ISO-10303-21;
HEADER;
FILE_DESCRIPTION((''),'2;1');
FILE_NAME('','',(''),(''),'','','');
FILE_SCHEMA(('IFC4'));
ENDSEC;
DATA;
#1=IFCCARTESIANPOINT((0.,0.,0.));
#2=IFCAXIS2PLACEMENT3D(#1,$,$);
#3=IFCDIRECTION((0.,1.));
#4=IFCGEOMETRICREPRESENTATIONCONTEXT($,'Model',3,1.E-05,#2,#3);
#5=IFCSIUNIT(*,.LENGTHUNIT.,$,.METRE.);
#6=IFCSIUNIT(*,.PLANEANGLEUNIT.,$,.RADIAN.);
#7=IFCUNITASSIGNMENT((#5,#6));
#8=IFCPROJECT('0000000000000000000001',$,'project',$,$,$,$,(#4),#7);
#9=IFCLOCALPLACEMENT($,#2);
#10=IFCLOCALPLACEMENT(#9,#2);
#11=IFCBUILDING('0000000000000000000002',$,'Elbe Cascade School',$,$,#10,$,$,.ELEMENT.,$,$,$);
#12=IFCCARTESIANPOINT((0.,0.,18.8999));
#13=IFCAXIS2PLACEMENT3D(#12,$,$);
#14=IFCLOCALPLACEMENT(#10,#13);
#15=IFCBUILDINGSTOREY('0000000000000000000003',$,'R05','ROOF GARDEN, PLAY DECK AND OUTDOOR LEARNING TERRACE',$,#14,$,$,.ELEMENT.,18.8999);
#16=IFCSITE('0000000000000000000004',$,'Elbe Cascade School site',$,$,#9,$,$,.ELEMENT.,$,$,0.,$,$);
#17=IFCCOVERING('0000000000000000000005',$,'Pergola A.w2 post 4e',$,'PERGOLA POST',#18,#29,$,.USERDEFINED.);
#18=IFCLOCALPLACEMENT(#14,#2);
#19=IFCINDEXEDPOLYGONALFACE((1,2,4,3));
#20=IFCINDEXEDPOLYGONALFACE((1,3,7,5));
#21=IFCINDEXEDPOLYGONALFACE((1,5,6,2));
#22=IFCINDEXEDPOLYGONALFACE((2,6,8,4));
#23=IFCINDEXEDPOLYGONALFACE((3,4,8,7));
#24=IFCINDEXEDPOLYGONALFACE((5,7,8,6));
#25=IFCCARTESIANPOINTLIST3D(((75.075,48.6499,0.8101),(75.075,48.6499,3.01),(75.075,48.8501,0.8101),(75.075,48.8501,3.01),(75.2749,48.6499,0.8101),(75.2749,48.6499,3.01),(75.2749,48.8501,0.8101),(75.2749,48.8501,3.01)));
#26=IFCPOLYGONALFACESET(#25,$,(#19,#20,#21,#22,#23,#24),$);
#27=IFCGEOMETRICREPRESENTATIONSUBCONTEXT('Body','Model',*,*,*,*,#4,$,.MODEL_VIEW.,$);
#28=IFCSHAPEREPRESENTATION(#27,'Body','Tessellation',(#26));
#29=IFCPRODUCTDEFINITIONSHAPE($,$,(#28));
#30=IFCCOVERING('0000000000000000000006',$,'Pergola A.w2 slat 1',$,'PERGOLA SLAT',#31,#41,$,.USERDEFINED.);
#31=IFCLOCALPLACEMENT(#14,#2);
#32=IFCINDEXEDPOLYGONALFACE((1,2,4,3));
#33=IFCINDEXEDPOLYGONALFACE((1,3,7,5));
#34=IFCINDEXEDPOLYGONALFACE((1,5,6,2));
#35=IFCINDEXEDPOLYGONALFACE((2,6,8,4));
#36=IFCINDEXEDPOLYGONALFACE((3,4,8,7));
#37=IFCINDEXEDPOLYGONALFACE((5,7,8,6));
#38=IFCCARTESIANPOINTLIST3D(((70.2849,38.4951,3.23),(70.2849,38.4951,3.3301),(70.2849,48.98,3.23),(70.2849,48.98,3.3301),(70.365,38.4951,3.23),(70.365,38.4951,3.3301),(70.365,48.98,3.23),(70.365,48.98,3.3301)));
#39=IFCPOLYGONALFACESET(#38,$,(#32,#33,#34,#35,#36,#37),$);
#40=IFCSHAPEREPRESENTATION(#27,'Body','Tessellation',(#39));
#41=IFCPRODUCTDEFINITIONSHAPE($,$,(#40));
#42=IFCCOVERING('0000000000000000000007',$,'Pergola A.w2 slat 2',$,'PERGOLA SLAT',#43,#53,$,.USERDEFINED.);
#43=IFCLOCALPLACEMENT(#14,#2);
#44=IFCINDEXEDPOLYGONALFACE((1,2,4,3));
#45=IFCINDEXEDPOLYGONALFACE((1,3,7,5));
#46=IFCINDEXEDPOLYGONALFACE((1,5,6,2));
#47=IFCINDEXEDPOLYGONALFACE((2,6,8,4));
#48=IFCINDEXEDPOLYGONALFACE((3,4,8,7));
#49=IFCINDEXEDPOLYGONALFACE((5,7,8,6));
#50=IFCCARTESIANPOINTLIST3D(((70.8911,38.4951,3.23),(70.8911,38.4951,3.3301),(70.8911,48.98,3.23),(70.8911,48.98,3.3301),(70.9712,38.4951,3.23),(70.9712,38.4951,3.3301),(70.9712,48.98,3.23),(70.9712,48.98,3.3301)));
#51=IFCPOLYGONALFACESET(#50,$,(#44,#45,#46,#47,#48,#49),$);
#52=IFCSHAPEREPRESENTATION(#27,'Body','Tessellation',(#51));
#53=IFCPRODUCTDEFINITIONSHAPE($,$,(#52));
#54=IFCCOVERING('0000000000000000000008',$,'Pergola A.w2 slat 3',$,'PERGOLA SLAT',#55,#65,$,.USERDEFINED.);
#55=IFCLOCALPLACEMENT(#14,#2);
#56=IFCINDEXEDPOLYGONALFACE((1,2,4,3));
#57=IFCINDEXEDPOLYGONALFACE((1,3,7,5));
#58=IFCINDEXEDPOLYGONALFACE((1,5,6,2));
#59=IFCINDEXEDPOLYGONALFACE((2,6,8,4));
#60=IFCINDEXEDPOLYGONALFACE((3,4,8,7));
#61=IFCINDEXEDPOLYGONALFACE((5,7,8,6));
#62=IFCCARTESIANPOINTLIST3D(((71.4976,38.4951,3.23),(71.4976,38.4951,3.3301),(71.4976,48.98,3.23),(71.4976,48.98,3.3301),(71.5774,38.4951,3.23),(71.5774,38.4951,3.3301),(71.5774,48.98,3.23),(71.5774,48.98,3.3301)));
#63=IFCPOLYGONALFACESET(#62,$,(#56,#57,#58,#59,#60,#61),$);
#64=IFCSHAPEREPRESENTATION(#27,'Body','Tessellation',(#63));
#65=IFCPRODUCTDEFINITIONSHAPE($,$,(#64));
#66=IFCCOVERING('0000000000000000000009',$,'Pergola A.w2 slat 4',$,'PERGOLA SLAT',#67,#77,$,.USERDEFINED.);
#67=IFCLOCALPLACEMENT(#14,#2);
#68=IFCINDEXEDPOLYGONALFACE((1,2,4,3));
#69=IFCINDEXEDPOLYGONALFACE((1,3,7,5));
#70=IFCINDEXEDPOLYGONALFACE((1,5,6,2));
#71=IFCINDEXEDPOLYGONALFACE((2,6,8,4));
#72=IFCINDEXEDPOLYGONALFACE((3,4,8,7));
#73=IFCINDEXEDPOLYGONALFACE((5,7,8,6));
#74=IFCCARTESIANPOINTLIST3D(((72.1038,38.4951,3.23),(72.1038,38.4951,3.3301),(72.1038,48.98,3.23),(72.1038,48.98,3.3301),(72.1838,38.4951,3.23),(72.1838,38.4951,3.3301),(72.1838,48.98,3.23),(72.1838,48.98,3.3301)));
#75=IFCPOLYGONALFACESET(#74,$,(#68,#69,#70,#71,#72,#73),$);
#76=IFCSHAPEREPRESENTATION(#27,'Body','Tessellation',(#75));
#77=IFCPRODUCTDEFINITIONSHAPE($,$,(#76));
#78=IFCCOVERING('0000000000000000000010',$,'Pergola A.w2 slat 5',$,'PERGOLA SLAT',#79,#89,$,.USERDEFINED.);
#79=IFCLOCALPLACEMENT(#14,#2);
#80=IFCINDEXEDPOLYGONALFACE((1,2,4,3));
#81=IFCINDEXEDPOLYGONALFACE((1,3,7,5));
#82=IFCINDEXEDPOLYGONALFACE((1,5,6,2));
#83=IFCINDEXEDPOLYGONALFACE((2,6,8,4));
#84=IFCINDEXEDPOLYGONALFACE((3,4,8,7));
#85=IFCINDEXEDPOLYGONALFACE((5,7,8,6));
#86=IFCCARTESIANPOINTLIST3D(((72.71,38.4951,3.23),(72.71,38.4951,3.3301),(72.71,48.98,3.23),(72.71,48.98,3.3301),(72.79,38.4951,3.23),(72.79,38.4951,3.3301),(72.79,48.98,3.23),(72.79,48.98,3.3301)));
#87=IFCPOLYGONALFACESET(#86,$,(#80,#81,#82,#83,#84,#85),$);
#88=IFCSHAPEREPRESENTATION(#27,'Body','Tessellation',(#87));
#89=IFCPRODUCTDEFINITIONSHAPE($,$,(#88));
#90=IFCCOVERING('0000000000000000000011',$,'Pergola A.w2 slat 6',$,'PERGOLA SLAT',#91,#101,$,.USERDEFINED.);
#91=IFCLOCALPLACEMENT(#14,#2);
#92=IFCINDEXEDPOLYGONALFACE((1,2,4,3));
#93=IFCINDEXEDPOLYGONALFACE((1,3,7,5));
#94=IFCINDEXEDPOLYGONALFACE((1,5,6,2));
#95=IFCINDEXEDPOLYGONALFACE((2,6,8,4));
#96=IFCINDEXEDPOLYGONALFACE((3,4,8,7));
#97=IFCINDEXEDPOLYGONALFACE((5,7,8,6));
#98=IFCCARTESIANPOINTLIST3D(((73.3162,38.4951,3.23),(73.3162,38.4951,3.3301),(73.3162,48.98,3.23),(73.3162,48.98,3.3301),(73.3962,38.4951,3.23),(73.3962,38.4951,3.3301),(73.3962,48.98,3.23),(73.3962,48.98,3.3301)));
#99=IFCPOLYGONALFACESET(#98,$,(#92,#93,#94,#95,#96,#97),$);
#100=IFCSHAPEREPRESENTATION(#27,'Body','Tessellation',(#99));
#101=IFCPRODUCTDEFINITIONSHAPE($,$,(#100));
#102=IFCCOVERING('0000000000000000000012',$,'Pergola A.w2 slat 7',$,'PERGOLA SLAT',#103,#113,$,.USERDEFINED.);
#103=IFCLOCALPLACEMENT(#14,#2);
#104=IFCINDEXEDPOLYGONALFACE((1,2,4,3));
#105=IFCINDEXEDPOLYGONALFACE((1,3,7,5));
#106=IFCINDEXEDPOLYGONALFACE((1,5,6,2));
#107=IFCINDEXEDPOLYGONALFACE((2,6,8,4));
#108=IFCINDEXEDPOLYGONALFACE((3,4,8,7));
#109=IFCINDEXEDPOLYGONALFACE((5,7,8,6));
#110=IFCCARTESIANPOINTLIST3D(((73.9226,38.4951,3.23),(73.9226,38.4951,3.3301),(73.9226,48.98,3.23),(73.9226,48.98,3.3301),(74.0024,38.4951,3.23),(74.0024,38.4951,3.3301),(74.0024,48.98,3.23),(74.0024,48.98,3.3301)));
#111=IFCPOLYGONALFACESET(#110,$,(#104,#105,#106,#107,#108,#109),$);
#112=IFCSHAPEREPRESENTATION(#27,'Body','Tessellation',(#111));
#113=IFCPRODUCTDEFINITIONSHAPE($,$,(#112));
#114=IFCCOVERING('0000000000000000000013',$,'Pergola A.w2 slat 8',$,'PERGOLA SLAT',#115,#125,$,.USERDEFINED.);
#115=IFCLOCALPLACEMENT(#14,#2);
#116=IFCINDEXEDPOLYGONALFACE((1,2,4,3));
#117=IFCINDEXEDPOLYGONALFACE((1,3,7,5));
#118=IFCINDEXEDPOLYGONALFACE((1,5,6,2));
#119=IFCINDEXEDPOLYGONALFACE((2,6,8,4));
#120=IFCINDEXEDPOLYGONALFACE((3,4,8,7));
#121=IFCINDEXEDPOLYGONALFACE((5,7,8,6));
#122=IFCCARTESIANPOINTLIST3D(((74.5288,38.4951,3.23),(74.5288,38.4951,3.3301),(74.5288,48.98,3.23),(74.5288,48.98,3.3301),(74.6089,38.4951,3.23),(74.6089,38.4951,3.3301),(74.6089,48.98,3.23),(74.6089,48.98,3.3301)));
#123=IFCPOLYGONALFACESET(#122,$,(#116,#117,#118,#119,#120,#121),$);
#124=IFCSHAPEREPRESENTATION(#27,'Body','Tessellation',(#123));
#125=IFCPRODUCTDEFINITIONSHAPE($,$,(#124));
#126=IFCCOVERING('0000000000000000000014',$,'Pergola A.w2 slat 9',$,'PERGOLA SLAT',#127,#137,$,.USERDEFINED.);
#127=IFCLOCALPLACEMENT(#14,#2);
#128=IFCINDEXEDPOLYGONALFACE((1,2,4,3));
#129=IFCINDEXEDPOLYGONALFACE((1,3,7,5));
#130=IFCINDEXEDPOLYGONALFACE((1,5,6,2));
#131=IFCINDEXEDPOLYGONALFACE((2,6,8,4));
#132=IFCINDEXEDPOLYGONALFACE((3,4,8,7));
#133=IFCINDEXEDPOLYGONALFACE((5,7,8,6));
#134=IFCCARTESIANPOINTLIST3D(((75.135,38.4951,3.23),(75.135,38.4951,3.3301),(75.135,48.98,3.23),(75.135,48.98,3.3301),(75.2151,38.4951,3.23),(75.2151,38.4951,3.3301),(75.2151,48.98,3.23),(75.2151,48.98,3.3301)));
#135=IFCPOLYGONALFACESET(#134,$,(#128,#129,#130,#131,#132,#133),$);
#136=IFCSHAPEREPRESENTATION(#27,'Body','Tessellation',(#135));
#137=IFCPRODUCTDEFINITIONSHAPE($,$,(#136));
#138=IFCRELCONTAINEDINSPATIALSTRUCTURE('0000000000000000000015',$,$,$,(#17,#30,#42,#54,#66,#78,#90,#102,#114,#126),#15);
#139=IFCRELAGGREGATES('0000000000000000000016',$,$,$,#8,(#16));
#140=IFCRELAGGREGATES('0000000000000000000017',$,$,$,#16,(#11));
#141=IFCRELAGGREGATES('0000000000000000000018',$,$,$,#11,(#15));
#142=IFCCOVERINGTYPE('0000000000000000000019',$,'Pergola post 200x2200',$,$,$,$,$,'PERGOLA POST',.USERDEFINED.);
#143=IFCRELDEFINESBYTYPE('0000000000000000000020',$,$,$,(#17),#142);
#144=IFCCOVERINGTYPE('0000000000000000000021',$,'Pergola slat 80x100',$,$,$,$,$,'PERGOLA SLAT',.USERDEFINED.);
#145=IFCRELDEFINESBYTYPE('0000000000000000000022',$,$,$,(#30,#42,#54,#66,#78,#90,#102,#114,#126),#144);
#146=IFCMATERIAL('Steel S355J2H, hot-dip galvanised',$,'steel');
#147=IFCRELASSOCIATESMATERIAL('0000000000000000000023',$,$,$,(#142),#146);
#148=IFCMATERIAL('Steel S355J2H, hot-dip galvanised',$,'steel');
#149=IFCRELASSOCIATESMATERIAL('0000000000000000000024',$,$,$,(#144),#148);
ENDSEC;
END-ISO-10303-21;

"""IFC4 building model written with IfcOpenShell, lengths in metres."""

from ifc_helpers import new_model, si_unit, direction, frame, origin, place, context, subcontext, project, spatial, polyline, outline, extrude, material, type_object, element, save


model = new_model("IFC4")

# Units and contexts
model_context = context("Model", 3, precision=1e-05, world=origin(), true_north=direction((0.0, 1.0)))
body_context = subcontext(model_context, "Body", "Model", "MODEL_VIEW")
ifc_project = project(units=[si_unit("LENGTHUNIT", "METRE"), si_unit("PLANEANGLEUNIT", "RADIAN")], contexts=[model_context])

# Site, building, storey
site_placement = place(None, origin())
site = spatial("IfcSite", under=ifc_project, at=site_placement, Name="Elbe Cascade School site", CompositionType="ELEMENT", RefElevation=0.0)
building_placement = place(site_placement, origin())
building = spatial("IfcBuilding", under=site, at=building_placement, Name="Elbe Cascade School", CompositionType="ELEMENT")
storey_placement = place(building_placement, frame((0.0, 0.0, 18.8999)))
storey = spatial("IfcBuildingStorey", under=building, at=storey_placement, Name="R05", Description="ROOF GARDEN, PLAY DECK AND OUTDOOR LEARNING TERRACE", CompositionType="ELEMENT", Elevation=18.8999)

# Coverings
ifc_material_1 = material(Name="Steel S355J2H, hot-dip galvanised", Category="steel")
covering_type_1 = type_object("IfcCoveringType", Name="Pergola post 200x2200", ElementType="PERGOLA POST", PredefinedType="USERDEFINED", material=ifc_material_1)
covering_1_placement = place(storey_placement, frame((0.0, 0.0, 0.8101)))
element("IfcCovering", 1, at=covering_1_placement, inside=storey, type_object=covering_type_1, Name="Pergola A.w2 post 4e", ObjectType="PERGOLA POST", PredefinedType="USERDEFINED", context=body_context, shape_type="SweptSolid", body=[
    extrude(outline(polyline([(75.075, 48.6499), (75.2749, 48.6499), (75.2749, 48.8501), (75.075, 48.8501), (75.075, 48.6499)])), origin(), (0.0, 0.0, 1.0), 2.2),
])
ifc_material_2 = material(Name="Steel S355J2H, hot-dip galvanised", Category="steel")
covering_type_2 = type_object("IfcCoveringType", Name="Pergola slat 80x100", ElementType="PERGOLA SLAT", PredefinedType="USERDEFINED", material=ifc_material_2)
covering_2_placement = place(storey_placement, frame((0.0, 0.0, 3.23)))
element("IfcCovering", 2, at=covering_2_placement, inside=storey, type_object=covering_type_2, Name="Pergola A.w2 slat 1", ObjectType="PERGOLA SLAT", PredefinedType="USERDEFINED", context=body_context, shape_type="SweptSolid", body=[
    extrude(outline(polyline([(70.2849, 38.4951), (70.365, 38.4951), (70.365, 48.98), (70.2849, 48.98), (70.2849, 38.4951)])), origin(), (0.0, 0.0, 1.0), 0.1001),
])
covering_3_placement = place(storey_placement, frame((0.0, 0.0, 3.23)))
element("IfcCovering", 3, at=covering_3_placement, inside=storey, type_object=covering_type_2, Name="Pergola A.w2 slat 2", ObjectType="PERGOLA SLAT", PredefinedType="USERDEFINED", context=body_context, shape_type="SweptSolid", body=[
    extrude(outline(polyline([(70.8911, 38.4951), (70.9712, 38.4951), (70.9712, 48.98), (70.8911, 48.98), (70.8911, 38.4951)])), origin(), (0.0, 0.0, 1.0), 0.1001),
])
covering_4_placement = place(storey_placement, frame((0.0, 0.0, 3.23)))
element("IfcCovering", 4, at=covering_4_placement, inside=storey, type_object=covering_type_2, Name="Pergola A.w2 slat 3", ObjectType="PERGOLA SLAT", PredefinedType="USERDEFINED", context=body_context, shape_type="SweptSolid", body=[
    extrude(outline(polyline([(71.4976, 38.4951), (71.5774, 38.4951), (71.5774, 48.98), (71.4976, 48.98), (71.4976, 38.4951)])), origin(), (0.0, 0.0, 1.0), 0.1001),
])
covering_5_placement = place(storey_placement, frame((0.0, 0.0, 3.23)))
element("IfcCovering", 5, at=covering_5_placement, inside=storey, type_object=covering_type_2, Name="Pergola A.w2 slat 4", ObjectType="PERGOLA SLAT", PredefinedType="USERDEFINED", context=body_context, shape_type="SweptSolid", body=[
    extrude(outline(polyline([(72.1038, 38.4951), (72.1838, 38.4951), (72.1838, 48.98), (72.1038, 48.98), (72.1038, 38.4951)])), origin(), (0.0, 0.0, 1.0), 0.1001),
])
covering_6_placement = place(storey_placement, frame((0.0, 0.0, 3.23)))
element("IfcCovering", 6, at=covering_6_placement, inside=storey, type_object=covering_type_2, Name="Pergola A.w2 slat 5", ObjectType="PERGOLA SLAT", PredefinedType="USERDEFINED", context=body_context, shape_type="SweptSolid", body=[
    extrude(outline(polyline([(72.71, 38.4951), (72.79, 38.4951), (72.79, 48.98), (72.71, 48.98), (72.71, 38.4951)])), origin(), (0.0, 0.0, 1.0), 0.1001),
])
covering_7_placement = place(storey_placement, frame((0.0, 0.0, 3.23)))
element("IfcCovering", 7, at=covering_7_placement, inside=storey, type_object=covering_type_2, Name="Pergola A.w2 slat 6", ObjectType="PERGOLA SLAT", PredefinedType="USERDEFINED", context=body_context, shape_type="SweptSolid", body=[
    extrude(outline(polyline([(73.3162, 38.4951), (73.3962, 38.4951), (73.3962, 48.98), (73.3162, 48.98), (73.3162, 38.4951)])), origin(), (0.0, 0.0, 1.0), 0.1001),
])
covering_8_placement = place(storey_placement, frame((0.0, 0.0, 3.23)))
element("IfcCovering", 8, at=covering_8_placement, inside=storey, type_object=covering_type_2, Name="Pergola A.w2 slat 7", ObjectType="PERGOLA SLAT", PredefinedType="USERDEFINED", context=body_context, shape_type="SweptSolid", body=[
    extrude(outline(polyline([(73.9226, 38.4951), (74.0024, 38.4951), (74.0024, 48.98), (73.9226, 48.98), (73.9226, 38.4951)])), origin(), (0.0, 0.0, 1.0), 0.1001),
])
covering_9_placement = place(storey_placement, frame((0.0, 0.0, 3.23)))
element("IfcCovering", 9, at=covering_9_placement, inside=storey, type_object=covering_type_2, Name="Pergola A.w2 slat 8", ObjectType="PERGOLA SLAT", PredefinedType="USERDEFINED", context=body_context, shape_type="SweptSolid", body=[
    extrude(outline(polyline([(74.5288, 38.4951), (74.6089, 38.4951), (74.6089, 48.98), (74.5288, 48.98), (74.5288, 38.4951)])), origin(), (0.0, 0.0, 1.0), 0.1001),
])
covering_10_placement = place(storey_placement, frame((0.0, 0.0, 3.23)))
element("IfcCovering", 10, at=covering_10_placement, inside=storey, type_object=covering_type_2, Name="Pergola A.w2 slat 9", ObjectType="PERGOLA SLAT", PredefinedType="USERDEFINED", context=body_context, shape_type="SweptSolid", body=[
    extrude(outline(polyline([(75.135, 38.4951), (75.2151, 38.4951), (75.2151, 48.98), (75.135, 48.98), (75.135, 38.4951)])), origin(), (0.0, 0.0, 1.0), 0.1001),
])

save(model, "model.ifc")
